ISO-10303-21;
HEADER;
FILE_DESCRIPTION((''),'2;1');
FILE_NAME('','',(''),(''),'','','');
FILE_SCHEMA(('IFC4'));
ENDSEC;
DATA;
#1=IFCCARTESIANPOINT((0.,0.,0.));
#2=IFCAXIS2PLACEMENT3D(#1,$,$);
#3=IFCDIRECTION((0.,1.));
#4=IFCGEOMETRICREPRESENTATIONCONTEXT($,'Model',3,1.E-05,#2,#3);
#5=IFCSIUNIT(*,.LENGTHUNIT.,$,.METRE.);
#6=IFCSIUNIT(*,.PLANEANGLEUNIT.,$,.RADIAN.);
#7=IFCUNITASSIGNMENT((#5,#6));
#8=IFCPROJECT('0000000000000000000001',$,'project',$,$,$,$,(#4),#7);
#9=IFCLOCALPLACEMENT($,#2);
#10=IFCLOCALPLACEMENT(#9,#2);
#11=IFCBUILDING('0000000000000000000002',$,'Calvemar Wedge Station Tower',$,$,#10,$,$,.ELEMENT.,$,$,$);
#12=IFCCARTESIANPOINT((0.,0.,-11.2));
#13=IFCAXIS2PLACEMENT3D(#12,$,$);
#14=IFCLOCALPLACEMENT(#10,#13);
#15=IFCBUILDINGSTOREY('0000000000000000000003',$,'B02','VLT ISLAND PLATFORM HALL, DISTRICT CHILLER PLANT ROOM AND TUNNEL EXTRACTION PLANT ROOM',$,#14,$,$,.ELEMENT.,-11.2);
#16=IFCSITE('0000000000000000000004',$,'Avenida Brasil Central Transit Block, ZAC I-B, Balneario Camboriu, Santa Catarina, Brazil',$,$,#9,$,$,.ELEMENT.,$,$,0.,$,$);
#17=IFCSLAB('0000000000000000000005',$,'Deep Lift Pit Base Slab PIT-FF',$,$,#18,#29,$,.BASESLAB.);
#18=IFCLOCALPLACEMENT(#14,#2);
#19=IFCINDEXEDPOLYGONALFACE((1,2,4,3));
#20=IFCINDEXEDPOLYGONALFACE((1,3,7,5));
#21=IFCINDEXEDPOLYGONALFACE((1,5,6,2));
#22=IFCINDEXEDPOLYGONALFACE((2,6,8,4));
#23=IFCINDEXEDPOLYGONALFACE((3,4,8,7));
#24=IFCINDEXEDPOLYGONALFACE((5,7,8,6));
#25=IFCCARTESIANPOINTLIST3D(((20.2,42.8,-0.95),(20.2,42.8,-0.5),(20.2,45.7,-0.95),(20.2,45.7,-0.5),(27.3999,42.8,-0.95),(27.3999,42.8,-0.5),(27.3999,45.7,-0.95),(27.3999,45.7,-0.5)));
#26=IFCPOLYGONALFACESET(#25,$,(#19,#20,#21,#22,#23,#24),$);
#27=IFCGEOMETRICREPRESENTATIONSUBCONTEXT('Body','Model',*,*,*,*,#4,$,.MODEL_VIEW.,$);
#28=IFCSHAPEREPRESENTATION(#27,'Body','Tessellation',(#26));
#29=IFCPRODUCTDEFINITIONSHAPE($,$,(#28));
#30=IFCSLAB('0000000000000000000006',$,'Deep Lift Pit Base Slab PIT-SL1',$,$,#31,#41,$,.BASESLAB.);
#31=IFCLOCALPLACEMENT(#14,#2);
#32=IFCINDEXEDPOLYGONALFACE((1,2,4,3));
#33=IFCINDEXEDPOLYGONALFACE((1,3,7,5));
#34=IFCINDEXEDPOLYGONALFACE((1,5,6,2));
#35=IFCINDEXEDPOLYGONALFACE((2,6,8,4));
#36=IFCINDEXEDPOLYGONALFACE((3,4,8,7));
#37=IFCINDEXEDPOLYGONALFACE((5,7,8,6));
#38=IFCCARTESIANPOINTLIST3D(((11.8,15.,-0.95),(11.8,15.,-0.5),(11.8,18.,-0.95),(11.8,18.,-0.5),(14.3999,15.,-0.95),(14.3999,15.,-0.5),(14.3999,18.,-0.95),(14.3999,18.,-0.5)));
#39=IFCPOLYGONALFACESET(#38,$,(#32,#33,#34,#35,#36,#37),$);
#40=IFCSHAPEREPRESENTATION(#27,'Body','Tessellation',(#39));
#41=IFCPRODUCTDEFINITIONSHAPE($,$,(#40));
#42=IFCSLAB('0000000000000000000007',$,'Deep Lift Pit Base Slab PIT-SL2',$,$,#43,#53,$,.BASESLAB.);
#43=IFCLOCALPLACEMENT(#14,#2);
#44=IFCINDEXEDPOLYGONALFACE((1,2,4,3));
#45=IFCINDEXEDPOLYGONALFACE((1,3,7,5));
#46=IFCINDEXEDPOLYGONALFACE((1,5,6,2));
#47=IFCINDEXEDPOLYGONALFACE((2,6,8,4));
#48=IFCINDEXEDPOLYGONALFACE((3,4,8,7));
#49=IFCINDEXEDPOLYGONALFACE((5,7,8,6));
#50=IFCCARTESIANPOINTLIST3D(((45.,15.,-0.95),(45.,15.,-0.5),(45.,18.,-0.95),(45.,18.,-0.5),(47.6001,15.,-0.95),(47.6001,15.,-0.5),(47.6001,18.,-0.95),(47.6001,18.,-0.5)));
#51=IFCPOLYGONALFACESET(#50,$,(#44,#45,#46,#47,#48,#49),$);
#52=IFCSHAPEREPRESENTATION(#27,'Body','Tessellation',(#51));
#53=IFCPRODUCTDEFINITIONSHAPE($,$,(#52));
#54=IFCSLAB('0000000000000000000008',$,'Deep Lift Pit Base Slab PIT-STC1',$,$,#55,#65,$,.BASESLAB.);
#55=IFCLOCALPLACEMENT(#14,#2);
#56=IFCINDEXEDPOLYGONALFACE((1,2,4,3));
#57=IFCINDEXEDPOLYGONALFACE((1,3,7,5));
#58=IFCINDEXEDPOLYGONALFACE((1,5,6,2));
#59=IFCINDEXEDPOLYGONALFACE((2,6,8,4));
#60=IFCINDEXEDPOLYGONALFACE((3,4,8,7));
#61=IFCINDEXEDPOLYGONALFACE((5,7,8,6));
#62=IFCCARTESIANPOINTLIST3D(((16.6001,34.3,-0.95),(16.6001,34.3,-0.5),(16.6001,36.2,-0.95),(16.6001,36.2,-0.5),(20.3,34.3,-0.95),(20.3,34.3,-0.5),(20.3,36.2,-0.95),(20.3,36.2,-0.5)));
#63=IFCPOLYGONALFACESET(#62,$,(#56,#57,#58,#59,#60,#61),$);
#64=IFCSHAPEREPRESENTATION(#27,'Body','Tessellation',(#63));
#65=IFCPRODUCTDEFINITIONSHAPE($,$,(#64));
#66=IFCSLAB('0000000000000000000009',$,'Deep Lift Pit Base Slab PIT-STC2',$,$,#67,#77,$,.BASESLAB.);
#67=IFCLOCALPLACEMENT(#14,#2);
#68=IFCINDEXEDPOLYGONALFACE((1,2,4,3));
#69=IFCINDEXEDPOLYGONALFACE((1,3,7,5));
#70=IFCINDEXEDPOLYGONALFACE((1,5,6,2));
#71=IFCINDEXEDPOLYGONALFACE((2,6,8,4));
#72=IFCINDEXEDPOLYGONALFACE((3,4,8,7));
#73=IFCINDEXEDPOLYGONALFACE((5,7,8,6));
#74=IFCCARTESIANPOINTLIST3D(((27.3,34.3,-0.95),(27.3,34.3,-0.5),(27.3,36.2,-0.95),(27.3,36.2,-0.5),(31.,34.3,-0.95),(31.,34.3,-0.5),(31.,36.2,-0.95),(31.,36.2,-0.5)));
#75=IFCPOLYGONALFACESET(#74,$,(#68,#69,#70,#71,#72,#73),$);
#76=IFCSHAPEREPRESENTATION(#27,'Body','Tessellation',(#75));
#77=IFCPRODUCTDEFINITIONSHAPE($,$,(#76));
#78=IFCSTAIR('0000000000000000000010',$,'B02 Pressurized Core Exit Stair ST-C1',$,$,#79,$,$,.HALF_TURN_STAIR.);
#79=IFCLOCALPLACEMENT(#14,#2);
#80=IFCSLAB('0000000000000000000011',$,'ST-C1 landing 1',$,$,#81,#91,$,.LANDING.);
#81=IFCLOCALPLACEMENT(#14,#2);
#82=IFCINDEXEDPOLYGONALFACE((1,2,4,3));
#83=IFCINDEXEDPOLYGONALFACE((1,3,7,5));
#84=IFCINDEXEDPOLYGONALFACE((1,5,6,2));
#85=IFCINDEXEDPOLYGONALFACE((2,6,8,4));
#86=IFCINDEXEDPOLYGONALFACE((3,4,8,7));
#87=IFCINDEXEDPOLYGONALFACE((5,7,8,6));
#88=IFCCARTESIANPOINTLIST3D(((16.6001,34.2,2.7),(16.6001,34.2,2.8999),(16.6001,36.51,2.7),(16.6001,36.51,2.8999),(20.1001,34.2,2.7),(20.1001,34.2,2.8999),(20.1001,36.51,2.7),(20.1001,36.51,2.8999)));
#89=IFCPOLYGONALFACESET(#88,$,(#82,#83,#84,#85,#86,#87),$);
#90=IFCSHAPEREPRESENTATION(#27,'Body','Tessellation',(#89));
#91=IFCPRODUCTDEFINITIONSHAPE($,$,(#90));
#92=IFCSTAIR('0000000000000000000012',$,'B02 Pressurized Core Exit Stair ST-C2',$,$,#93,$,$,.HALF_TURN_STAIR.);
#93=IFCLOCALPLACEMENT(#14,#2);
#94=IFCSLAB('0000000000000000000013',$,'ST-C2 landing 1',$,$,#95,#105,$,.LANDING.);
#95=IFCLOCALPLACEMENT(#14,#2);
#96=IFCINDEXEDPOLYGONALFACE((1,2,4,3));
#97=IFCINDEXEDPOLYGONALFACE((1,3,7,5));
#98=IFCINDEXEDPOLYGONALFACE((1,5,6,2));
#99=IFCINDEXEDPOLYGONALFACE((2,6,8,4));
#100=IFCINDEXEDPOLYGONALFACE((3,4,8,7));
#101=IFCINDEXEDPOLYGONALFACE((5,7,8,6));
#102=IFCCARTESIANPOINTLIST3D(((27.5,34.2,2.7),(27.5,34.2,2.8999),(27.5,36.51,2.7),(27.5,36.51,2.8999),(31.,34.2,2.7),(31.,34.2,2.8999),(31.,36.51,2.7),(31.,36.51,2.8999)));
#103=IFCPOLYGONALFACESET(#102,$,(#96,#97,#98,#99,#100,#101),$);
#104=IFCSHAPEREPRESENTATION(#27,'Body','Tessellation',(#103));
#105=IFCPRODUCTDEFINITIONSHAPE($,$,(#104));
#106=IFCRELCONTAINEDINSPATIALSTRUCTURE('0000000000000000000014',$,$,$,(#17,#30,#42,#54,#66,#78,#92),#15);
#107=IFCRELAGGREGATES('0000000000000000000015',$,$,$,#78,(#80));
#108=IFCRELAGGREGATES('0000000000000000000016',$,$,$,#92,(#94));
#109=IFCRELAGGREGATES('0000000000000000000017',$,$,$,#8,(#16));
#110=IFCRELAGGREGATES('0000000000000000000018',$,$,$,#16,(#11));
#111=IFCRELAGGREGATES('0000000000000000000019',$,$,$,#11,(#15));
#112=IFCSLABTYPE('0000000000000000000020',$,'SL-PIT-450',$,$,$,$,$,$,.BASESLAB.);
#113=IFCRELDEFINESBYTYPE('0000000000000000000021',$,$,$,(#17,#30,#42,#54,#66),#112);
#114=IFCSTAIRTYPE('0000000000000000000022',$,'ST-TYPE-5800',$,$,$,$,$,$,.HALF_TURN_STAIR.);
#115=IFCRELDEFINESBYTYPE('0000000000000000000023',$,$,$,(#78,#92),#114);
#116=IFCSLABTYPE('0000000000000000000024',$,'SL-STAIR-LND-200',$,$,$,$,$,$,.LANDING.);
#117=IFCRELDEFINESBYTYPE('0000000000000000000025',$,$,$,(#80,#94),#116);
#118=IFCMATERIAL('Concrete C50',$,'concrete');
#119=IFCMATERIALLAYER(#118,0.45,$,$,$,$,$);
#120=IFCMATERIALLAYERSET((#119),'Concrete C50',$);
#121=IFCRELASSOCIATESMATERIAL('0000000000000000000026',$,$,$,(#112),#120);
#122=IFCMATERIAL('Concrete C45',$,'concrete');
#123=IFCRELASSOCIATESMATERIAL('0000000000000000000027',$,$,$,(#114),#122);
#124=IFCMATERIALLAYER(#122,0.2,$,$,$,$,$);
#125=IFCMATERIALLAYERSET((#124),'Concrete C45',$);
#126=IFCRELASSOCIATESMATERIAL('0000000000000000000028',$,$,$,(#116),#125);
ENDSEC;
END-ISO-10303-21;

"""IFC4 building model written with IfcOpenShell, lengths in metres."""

from ifc_helpers import new_model, si_unit, direction, frame, origin, place, context, subcontext, project, spatial, polyline, outline, extrude, material, layer, layer_set, type_object, element, aggregate, save


model = new_model("IFC4")

# Units and contexts
model_context = context("Model", 3, precision=1e-05, world=origin(), true_north=direction((0.0, 1.0)))
body_context = subcontext(model_context, "Body", "Model", "MODEL_VIEW")
ifc_project = project(units=[si_unit("LENGTHUNIT", "METRE"), si_unit("PLANEANGLEUNIT", "RADIAN")], contexts=[model_context])

# Site, building, storey
site_placement = place(None, origin())
site = spatial("IfcSite", under=ifc_project, at=site_placement, Name="Avenida Brasil Central Transit Block, ZAC I-B, Balneario Camboriu, Santa Catarina, Brazil", CompositionType="ELEMENT", RefElevation=0.0)
building_placement = place(site_placement, origin())
building = spatial("IfcBuilding", under=site, at=building_placement, Name="Calvemar Wedge Station Tower", CompositionType="ELEMENT")
storey_placement = place(building_placement, frame((0.0, 0.0, -11.2)))
storey = spatial("IfcBuildingStorey", under=building, at=storey_placement, Name="B02", Description="VLT ISLAND PLATFORM HALL, DISTRICT CHILLER PLANT ROOM AND TUNNEL EXTRACTION PLANT ROOM", CompositionType="ELEMENT", Elevation=-11.2)

# Shared definitions
ifc_material_1 = material(Name="Concrete C50", Category="concrete")
ifc_material_2 = material(Name="Concrete C45", Category="concrete")

# Slabs
ifc_layer_1 = layer(ifc_material_1, 0.45)
ifc_layer_set_1 = layer_set([ifc_layer_1], Name="Concrete C50")
slab_type_1 = type_object("IfcSlabType", Name="SL-PIT-450", PredefinedType="BASESLAB", material=ifc_layer_set_1)
slab_1_placement = place(storey_placement, frame((0.0, 0.0, -0.95)))
element("IfcSlab", 1, at=slab_1_placement, inside=storey, type_object=slab_type_1, Name="Deep Lift Pit Base Slab PIT-FF", PredefinedType="BASESLAB", context=body_context, shape_type="SweptSolid", body=[
    extrude(outline(polyline([(20.2, 42.8), (27.3999, 42.8), (27.3999, 45.7), (20.2, 45.7), (20.2, 42.8)])), origin(), (0.0, 0.0, 1.0), 0.45),
])
slab_2_placement = place(storey_placement, frame((0.0, 0.0, -0.95)))
element("IfcSlab", 2, at=slab_2_placement, inside=storey, type_object=slab_type_1, Name="Deep Lift Pit Base Slab PIT-SL1", PredefinedType="BASESLAB", context=body_context, shape_type="SweptSolid", body=[
    extrude(outline(polyline([(11.8, 15.0), (14.3999, 15.0), (14.3999, 18.0), (11.8, 18.0), (11.8, 15.0)])), origin(), (0.0, 0.0, 1.0), 0.45),
])
slab_3_placement = place(storey_placement, frame((0.0, 0.0, -0.95)))
element("IfcSlab", 3, at=slab_3_placement, inside=storey, type_object=slab_type_1, Name="Deep Lift Pit Base Slab PIT-SL2", PredefinedType="BASESLAB", context=body_context, shape_type="SweptSolid", body=[
    extrude(outline(polyline([(45.0, 15.0), (47.6001, 15.0), (47.6001, 18.0), (45.0, 18.0), (45.0, 15.0)])), origin(), (0.0, 0.0, 1.0), 0.45),
])
slab_4_placement = place(storey_placement, frame((0.0, 0.0, -0.95)))
element("IfcSlab", 4, at=slab_4_placement, inside=storey, type_object=slab_type_1, Name="Deep Lift Pit Base Slab PIT-STC1", PredefinedType="BASESLAB", context=body_context, shape_type="SweptSolid", body=[
    extrude(outline(polyline([(16.6001, 34.3), (20.3, 34.3), (20.3, 36.2), (16.6001, 36.2), (16.6001, 34.3)])), origin(), (0.0, 0.0, 1.0), 0.45),
])
slab_5_placement = place(storey_placement, frame((0.0, 0.0, -0.95)))
element("IfcSlab", 5, at=slab_5_placement, inside=storey, type_object=slab_type_1, Name="Deep Lift Pit Base Slab PIT-STC2", PredefinedType="BASESLAB", context=body_context, shape_type="SweptSolid", body=[
    extrude(outline(polyline([(27.3, 34.3), (31.0, 34.3), (31.0, 36.2), (27.3, 36.2), (27.3, 34.3)])), origin(), (0.0, 0.0, 1.0), 0.45),
])

# Stairs, slabs
stair_type = type_object("IfcStairType", Name="ST-TYPE-5800", PredefinedType="HALF_TURN_STAIR", material=ifc_material_2)
stair_1_placement = place(storey_placement, origin())
stair_1 = element("IfcStair", 6, at=stair_1_placement, inside=storey, type_object=stair_type, Name="B02 Pressurized Core Exit Stair ST-C1", PredefinedType="HALF_TURN_STAIR")
ifc_layer_2 = layer(ifc_material_2, 0.2)
ifc_layer_set_2 = layer_set([ifc_layer_2], Name="Concrete C45")
slab_type_2 = type_object("IfcSlabType", Name="SL-STAIR-LND-200", PredefinedType="LANDING", material=ifc_layer_set_2)
slab_6_placement = place(storey_placement, frame((0.0, 0.0, 2.7)))
slab_6 = element("IfcSlab", 7, at=slab_6_placement, type_object=slab_type_2, Name="ST-C1 landing 1", PredefinedType="LANDING", context=body_context, shape_type="SweptSolid", body=[
    extrude(outline(polyline([(16.6001, 36.51), (16.6001, 34.2), (20.1001, 34.2), (20.1001, 36.51), (16.6001, 36.51)])), origin(), (0.0, 0.0, 1.0), 0.2),
])
aggregate(stair_1, [slab_6])
stair_2_placement = place(storey_placement, origin())
stair_2 = element("IfcStair", 8, at=stair_2_placement, inside=storey, type_object=stair_type, Name="B02 Pressurized Core Exit Stair ST-C2", PredefinedType="HALF_TURN_STAIR")
slab_7_placement = place(storey_placement, frame((0.0, 0.0, 2.7)))
slab_7 = element("IfcSlab", 9, at=slab_7_placement, type_object=slab_type_2, Name="ST-C2 landing 1", PredefinedType="LANDING", context=body_context, shape_type="SweptSolid", body=[
    extrude(outline(polyline([(27.5, 36.51), (27.5, 34.2), (31.0, 34.2), (31.0, 36.51), (27.5, 36.51)])), origin(), (0.0, 0.0, 1.0), 0.2),
])
aggregate(stair_2, [slab_7])

save(model, "model.ifc")
